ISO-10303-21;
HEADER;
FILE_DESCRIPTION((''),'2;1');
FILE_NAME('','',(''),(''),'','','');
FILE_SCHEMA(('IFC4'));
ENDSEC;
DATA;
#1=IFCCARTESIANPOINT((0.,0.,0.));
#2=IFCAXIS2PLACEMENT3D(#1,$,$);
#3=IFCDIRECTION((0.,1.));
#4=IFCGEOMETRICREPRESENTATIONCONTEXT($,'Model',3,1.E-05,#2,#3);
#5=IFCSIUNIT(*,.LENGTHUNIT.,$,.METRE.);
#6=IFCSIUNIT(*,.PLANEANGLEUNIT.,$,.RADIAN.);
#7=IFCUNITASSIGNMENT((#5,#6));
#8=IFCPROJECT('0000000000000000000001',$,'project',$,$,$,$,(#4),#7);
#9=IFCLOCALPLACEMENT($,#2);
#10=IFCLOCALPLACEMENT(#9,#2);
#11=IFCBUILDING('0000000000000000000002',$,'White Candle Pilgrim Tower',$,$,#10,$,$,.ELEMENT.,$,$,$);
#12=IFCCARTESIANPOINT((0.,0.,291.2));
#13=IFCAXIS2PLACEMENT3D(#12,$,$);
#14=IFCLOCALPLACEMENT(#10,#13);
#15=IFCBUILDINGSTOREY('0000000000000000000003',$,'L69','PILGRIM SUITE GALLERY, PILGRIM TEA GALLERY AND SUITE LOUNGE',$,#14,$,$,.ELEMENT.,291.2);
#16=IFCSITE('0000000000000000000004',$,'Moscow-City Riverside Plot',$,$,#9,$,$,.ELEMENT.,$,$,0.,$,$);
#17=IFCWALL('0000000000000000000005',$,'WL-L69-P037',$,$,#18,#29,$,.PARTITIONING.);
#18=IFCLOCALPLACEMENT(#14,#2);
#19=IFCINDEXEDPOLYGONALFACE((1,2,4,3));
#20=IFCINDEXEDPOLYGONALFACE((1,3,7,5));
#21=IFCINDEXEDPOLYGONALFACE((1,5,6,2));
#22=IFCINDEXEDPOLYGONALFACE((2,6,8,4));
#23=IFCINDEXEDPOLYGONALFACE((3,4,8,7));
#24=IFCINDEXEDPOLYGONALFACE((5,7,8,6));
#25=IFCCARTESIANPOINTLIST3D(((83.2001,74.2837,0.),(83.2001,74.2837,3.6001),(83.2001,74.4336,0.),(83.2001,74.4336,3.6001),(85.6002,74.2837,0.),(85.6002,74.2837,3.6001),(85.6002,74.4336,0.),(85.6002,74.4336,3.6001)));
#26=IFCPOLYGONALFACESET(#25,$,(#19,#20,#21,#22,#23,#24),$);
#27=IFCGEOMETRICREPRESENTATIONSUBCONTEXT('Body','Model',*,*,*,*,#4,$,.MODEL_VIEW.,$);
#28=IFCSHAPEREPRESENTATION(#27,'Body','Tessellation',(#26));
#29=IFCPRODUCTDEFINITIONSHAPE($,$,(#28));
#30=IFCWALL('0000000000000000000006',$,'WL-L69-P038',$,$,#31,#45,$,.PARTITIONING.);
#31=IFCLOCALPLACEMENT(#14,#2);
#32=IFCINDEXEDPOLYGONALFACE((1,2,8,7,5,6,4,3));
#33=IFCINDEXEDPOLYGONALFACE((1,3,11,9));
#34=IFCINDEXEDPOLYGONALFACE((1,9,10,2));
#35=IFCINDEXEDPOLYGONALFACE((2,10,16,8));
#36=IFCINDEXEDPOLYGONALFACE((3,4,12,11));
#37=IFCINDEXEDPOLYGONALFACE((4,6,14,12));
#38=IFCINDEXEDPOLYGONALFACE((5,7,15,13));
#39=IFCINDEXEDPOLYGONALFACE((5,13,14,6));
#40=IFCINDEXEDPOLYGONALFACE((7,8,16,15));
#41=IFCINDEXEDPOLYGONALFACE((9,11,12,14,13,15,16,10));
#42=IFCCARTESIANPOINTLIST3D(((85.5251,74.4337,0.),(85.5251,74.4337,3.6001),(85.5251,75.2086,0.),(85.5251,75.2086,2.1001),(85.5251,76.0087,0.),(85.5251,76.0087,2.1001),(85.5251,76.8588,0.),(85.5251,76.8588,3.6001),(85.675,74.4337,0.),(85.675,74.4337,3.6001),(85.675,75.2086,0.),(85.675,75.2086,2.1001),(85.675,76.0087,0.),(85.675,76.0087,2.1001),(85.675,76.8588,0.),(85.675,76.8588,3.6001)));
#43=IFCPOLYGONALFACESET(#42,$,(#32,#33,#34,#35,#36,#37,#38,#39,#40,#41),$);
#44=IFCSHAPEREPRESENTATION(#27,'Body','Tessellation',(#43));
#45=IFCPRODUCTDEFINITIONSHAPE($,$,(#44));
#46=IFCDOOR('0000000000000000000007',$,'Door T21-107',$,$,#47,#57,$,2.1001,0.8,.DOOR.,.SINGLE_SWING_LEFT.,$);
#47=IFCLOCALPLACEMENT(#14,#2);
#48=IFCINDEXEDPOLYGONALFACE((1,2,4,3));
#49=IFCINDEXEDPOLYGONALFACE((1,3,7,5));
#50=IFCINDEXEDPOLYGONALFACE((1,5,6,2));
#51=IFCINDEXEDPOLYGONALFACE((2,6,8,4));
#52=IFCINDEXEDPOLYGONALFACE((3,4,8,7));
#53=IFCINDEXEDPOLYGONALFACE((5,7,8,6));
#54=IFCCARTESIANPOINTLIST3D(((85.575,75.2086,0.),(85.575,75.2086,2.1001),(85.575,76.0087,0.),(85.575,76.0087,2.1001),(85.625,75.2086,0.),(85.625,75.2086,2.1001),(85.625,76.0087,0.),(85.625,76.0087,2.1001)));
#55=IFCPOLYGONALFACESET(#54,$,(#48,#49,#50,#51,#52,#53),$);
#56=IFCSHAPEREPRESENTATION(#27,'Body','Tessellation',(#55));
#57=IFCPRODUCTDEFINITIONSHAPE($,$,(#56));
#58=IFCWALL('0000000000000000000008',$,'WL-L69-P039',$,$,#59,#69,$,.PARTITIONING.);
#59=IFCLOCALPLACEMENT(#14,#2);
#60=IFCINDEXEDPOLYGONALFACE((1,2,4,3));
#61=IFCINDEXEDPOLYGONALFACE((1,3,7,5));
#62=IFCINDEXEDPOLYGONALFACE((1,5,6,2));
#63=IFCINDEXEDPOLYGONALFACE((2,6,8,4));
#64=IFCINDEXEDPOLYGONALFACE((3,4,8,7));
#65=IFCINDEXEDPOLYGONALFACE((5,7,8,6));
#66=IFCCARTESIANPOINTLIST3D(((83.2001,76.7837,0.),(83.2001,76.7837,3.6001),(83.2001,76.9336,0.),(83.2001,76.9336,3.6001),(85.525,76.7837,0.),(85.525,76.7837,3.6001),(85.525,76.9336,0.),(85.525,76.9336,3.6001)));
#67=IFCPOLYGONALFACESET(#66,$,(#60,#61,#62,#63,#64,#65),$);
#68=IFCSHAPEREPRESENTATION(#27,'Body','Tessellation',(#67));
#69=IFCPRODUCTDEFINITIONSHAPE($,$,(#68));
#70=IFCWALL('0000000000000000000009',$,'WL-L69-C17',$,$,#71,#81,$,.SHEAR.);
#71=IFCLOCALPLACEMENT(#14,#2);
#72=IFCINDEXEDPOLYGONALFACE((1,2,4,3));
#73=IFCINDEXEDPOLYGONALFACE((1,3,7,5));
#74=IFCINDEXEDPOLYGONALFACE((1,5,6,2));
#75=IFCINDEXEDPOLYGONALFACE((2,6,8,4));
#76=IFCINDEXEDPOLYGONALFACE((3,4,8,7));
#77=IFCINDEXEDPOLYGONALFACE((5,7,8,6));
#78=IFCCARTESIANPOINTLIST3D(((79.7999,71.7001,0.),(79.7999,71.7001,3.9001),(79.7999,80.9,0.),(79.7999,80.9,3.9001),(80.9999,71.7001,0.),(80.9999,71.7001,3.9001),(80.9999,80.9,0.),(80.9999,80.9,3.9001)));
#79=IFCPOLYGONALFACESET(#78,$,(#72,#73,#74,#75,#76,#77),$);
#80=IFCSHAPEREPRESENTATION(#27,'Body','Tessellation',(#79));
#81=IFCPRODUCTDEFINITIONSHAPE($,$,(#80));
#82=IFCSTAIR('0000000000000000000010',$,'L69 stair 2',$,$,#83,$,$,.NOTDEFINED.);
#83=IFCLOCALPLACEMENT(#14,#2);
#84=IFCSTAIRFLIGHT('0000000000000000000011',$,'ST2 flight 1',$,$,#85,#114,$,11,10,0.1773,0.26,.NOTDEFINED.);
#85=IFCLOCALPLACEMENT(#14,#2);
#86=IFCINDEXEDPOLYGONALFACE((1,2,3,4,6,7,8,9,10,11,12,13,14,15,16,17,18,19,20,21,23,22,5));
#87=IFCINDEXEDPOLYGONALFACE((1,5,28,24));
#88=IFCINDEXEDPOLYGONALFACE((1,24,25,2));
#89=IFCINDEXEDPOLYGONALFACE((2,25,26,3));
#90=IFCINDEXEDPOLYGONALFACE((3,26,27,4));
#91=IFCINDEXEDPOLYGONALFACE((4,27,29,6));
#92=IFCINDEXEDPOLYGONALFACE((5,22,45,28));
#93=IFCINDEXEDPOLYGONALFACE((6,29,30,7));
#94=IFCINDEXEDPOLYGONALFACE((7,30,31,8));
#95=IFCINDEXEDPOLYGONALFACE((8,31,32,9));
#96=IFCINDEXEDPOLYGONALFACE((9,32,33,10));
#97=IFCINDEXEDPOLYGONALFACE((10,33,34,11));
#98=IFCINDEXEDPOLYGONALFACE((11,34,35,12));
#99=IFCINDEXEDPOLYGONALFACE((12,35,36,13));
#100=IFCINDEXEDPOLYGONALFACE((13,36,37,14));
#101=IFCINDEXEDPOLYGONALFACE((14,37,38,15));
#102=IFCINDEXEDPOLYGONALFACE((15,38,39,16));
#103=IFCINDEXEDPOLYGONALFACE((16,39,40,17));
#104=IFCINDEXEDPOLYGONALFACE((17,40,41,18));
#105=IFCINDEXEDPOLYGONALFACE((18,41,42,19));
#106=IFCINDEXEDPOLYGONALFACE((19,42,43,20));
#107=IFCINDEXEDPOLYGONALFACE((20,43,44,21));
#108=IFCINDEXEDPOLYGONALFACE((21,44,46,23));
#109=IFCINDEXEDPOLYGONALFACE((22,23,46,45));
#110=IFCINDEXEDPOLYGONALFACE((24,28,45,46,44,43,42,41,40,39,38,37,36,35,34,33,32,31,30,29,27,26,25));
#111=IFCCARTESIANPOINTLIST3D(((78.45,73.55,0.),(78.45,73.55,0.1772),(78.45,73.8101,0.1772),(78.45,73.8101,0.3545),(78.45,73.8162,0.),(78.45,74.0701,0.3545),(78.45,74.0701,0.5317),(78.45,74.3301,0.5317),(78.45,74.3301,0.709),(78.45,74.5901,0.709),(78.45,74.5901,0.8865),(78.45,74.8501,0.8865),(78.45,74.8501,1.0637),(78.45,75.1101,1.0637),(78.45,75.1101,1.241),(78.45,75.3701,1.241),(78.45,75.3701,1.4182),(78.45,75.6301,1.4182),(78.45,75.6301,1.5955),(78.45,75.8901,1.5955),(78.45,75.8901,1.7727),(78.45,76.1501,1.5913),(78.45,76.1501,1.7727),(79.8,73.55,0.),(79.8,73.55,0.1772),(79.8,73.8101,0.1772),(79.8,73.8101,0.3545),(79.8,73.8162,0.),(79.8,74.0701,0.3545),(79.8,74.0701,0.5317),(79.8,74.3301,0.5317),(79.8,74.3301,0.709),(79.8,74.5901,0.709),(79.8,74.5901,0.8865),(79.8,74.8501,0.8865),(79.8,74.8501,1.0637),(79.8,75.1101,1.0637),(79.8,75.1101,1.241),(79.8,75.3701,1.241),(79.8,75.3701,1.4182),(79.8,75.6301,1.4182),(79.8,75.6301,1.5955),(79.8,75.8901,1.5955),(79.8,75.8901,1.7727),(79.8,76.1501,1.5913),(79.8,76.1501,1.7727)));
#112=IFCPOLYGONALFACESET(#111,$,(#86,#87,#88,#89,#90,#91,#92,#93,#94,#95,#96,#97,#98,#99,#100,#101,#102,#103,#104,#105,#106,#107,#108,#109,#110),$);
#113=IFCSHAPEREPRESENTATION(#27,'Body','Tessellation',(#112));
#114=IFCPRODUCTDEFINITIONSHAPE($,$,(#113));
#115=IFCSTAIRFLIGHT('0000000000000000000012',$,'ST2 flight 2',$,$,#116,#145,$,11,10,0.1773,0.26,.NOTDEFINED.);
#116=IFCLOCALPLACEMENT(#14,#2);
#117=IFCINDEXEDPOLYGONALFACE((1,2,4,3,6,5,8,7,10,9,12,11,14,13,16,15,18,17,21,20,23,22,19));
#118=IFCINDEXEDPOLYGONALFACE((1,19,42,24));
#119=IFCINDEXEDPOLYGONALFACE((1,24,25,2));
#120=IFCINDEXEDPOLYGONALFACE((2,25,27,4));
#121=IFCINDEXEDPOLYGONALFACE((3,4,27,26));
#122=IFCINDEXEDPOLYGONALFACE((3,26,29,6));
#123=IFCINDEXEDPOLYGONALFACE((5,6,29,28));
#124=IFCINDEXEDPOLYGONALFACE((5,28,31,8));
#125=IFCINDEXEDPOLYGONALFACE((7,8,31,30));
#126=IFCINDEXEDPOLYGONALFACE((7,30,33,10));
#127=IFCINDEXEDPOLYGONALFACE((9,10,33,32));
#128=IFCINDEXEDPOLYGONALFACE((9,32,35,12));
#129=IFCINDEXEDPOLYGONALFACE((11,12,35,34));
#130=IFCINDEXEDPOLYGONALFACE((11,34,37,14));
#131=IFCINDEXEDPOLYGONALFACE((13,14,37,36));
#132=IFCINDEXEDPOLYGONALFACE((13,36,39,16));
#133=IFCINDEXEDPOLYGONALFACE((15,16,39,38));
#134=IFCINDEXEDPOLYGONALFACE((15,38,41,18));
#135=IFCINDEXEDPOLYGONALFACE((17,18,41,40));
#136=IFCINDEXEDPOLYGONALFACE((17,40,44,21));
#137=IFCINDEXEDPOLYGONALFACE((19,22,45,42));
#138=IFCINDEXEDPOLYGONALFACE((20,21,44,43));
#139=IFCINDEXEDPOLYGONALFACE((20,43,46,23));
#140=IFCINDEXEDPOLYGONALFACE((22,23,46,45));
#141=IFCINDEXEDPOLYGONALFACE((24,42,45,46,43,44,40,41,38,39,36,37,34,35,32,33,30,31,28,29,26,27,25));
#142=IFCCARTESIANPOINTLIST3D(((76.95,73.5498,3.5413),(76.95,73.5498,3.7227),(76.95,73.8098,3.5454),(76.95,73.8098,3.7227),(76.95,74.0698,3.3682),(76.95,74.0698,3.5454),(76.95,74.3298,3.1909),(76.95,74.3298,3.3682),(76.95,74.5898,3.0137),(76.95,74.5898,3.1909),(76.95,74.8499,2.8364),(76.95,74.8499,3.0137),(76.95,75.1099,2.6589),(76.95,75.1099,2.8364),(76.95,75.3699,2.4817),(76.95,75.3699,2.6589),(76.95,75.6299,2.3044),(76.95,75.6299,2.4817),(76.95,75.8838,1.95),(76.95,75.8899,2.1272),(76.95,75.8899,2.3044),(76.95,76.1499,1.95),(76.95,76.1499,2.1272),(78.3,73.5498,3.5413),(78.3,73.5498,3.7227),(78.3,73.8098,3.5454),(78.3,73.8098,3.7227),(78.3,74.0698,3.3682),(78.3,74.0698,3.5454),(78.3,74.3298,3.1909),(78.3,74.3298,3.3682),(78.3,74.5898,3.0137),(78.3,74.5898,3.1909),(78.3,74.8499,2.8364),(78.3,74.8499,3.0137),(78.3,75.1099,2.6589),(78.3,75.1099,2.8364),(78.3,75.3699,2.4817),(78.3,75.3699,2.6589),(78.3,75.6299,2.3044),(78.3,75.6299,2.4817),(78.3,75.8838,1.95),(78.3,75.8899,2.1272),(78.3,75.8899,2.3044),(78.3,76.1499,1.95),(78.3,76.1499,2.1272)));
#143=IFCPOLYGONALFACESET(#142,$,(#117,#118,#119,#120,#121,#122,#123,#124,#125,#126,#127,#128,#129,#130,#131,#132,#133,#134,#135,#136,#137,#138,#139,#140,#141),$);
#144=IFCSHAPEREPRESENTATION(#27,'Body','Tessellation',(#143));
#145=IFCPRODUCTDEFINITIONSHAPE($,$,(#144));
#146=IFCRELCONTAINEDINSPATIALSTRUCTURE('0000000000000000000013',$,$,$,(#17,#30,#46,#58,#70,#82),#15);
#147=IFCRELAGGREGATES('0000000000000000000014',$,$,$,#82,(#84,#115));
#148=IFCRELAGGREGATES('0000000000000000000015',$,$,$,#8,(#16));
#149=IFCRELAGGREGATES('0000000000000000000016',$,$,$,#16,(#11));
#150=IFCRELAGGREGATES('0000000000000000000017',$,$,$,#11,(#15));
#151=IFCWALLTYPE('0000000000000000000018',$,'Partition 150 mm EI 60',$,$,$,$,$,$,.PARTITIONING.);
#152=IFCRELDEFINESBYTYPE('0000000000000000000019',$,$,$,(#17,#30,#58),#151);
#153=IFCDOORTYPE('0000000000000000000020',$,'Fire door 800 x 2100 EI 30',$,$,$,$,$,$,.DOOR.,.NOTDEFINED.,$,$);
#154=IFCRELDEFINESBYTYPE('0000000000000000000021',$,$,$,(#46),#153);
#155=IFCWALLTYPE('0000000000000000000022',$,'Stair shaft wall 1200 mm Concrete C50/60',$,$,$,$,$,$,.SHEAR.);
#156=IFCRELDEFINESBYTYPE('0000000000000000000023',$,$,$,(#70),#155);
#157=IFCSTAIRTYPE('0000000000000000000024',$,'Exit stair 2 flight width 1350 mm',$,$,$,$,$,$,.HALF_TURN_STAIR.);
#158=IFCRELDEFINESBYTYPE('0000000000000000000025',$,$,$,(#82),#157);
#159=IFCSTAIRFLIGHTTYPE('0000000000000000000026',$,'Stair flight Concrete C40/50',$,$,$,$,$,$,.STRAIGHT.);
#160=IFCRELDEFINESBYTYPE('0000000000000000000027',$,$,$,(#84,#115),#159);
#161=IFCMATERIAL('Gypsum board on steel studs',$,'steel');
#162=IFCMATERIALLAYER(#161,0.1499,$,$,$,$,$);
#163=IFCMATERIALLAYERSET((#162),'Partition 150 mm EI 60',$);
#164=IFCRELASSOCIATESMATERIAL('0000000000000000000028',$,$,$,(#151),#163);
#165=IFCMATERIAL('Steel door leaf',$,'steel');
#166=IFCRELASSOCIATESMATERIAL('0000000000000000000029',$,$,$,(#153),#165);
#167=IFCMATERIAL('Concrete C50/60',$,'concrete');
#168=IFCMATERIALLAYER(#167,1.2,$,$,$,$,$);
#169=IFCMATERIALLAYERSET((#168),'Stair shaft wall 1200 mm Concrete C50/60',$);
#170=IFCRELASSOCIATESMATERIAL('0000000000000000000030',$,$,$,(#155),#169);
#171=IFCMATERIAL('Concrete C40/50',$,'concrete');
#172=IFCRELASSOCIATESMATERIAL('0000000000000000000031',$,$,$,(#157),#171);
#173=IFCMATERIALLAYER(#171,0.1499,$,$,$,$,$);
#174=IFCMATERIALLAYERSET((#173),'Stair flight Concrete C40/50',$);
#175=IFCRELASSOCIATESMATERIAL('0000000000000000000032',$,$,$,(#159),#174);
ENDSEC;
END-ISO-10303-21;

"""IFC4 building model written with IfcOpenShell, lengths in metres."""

from ifc_helpers import new_model, si_unit, direction, frame, frame_2d, origin, place, context, subcontext, project, spatial, polyline, rectangle, outline, extrude, material, layer, layer_set, type_object, element, fill, aggregate, save


model = new_model("IFC4")

# Units and contexts
model_context = context("Model", 3, precision=1e-05, world=origin(), true_north=direction((0.0, 1.0)))
body_context = subcontext(model_context, "Body", "Model", "MODEL_VIEW")
ifc_project = project(units=[si_unit("LENGTHUNIT", "METRE"), si_unit("PLANEANGLEUNIT", "RADIAN")], contexts=[model_context])

# Site, building, storey
site_placement = place(None, origin())
site = spatial("IfcSite", under=ifc_project, at=site_placement, Name="Moscow-City Riverside Plot", CompositionType="ELEMENT", RefElevation=0.0)
building_placement = place(site_placement, origin())
building = spatial("IfcBuilding", under=site, at=building_placement, Name="White Candle Pilgrim Tower", CompositionType="ELEMENT")
storey_placement = place(building_placement, frame((0.0, 0.0, 291.2)))
storey = spatial("IfcBuildingStorey", under=building, at=storey_placement, Name="L69", Description="PILGRIM SUITE GALLERY, PILGRIM TEA GALLERY AND SUITE LOUNGE", CompositionType="ELEMENT", Elevation=291.2)

# Shared definitions
ifc_material_1 = material(Name="Concrete C50/60", Category="concrete")

# Shared definitions
ifc_material_2 = material(Name="Steel door leaf", Category="steel")

# Shared definitions
ifc_material_3 = material(Name="Gypsum board on steel studs", Category="steel")

# Wall
ifc_layer_1 = layer(ifc_material_3, 0.1499)
ifc_layer_set_1 = layer_set([ifc_layer_1], Name="Partition 150 mm EI 60")
wall_type_1 = type_object("IfcWallType", Name="Partition 150 mm EI 60", PredefinedType="PARTITIONING", material=ifc_layer_set_1)
wall_1_placement = place(storey_placement, frame((83.2, 74.3586, 0.0), z_axis=(0.0, 0.0, 1.0), x_axis=(1.0, 0.0, 0.0)))
element("IfcWall", 1, at=wall_1_placement, inside=storey, type_object=wall_type_1, Name="WL-L69-P037", PredefinedType="PARTITIONING", context=body_context, shape_type="SweptSolid", body=[
    extrude(rectangle(XDim=2.4001, YDim=0.1499, at=frame_2d((1.2002, 0.0))), origin(), (0.0, 0.0, 1.0), 3.6001),
])

# Wall, opening, door
wall_2_placement = place(storey_placement, frame((85.6001, 76.8586, 0.0), z_axis=(0.0, 0.0, 1.0), x_axis=(0.0, -1.0, 0.0)))
wall_2 = element("IfcWall", 2, at=wall_2_placement, inside=storey, type_object=wall_type_1, Name="WL-L69-P038", PredefinedType="PARTITIONING", context=body_context, shape_type="SweptSolid", body=[
    extrude(rectangle(XDim=2.425, YDim=0.1499, at=frame_2d((1.2124, 0.0))), origin(), (0.0, 0.0, 1.0), 3.6001),
])
opening_1_placement = place(wall_2_placement, frame((0.8501, 0.0, 0.0)))
opening_1 = element("IfcOpeningElement", 3, at=opening_1_placement, cuts=wall_2, PredefinedType="OPENING", context=body_context, shape_type="SweptSolid", body=[
    extrude(rectangle(XDim=0.8, YDim=2.1001, at=frame_2d((0.3999, 1.05))), frame((0.0, 0.085, 0.0), z_axis=(0.0, -1.0, 0.0), x_axis=(1.0, 0.0, 0.0)), (0.0, 0.0, 1.0), 0.1699),
])
door_type_1 = type_object("IfcDoorType", Name="Fire door 800 x 2100 EI 30", OperationType="NOTDEFINED", PredefinedType="DOOR", material=ifc_material_2)
door_1_placement = place(opening_1_placement, origin())
door_1 = element("IfcDoor", 4, at=door_1_placement, inside=storey, type_object=door_type_1, Name="Door T21-107", OperationType="SINGLE_SWING_LEFT", OverallHeight=2.1001, OverallWidth=0.8, PredefinedType="DOOR", context=body_context, shape_type="SweptSolid", body=[
    extrude(rectangle(XDim=0.8, YDim=2.1001, at=frame_2d((0.3999, 1.05))), frame((0.0, 0.0249, 0.0), z_axis=(0.0, -1.0, 0.0), x_axis=(1.0, 0.0, 0.0)), (0.0, 0.0, 1.0), 0.05),
])
fill(opening_1, door_1)

# Walls
wall_3_placement = place(storey_placement, frame((83.2, 76.8586, 0.0), z_axis=(0.0, 0.0, 1.0), x_axis=(1.0, 0.0, 0.0)))
element("IfcWall", 5, at=wall_3_placement, inside=storey, type_object=wall_type_1, Name="WL-L69-P039", PredefinedType="PARTITIONING", context=body_context, shape_type="SweptSolid", body=[
    extrude(rectangle(XDim=2.325, YDim=0.1499, at=frame_2d((1.1626, 0.0))), origin(), (0.0, 0.0, 1.0), 3.6001),
])
ifc_layer_2 = layer(ifc_material_1, 1.2)
ifc_layer_set_2 = layer_set([ifc_layer_2], Name="Stair shaft wall 1200 mm Concrete C50/60")
wall_type_2 = type_object("IfcWallType", Name="Stair shaft wall 1200 mm Concrete C50/60", PredefinedType="SHEAR", material=ifc_layer_set_2)
wall_4_placement = place(storey_placement, frame((80.3999, 71.7, 0.0), z_axis=(0.0, 0.0, 1.0), x_axis=(0.0, 1.0, 0.0)))
element("IfcWall", 6, at=wall_4_placement, inside=storey, type_object=wall_type_2, Name="WL-L69-C17", PredefinedType="SHEAR", context=body_context, shape_type="SweptSolid", body=[
    extrude(rectangle(XDim=9.2, YDim=1.2, at=frame_2d((4.6001, 0.0))), origin(), (0.0, 0.0, 1.0), 3.9001),
])

# Stair, stair flights
ifc_material_4 = material(Name="Concrete C40/50", Category="concrete")
stair_type = type_object("IfcStairType", Name="Exit stair 2 flight width 1350 mm", PredefinedType="HALF_TURN_STAIR", material=ifc_material_4)
stair_placement = place(storey_placement, origin())
stair = element("IfcStair", 7, at=stair_placement, inside=storey, type_object=stair_type, Name="L69 stair 2", PredefinedType="NOTDEFINED")
ifc_layer_3 = layer(ifc_material_4, 0.1499)
ifc_layer_set_3 = layer_set([ifc_layer_3], Name="Stair flight Concrete C40/50")
stair_flight_type = type_object("IfcStairFlightType", Name="Stair flight Concrete C40/50", PredefinedType="STRAIGHT", material=ifc_layer_set_3)
stair_flight_1_placement = place(storey_placement, frame((79.125, 73.55, 0.0), z_axis=(0.0, 0.0, 1.0), x_axis=(0.0, 1.0, 0.0)))
stair_flight_1 = element("IfcStairFlight", 8, at=stair_flight_1_placement, type_object=stair_flight_type, Name="ST2 flight 1", NumberOfRisers=11, NumberOfTreads=10, PredefinedType="NOTDEFINED", RiserHeight=0.1773, TreadLength=0.26, context=body_context, shape_type="SweptSolid", body=[
    extrude(outline(polyline([(0.0, 0.0), (0.0, 0.1772), (0.26, 0.1772), (0.26, 0.3545), (0.52, 0.3545), (0.52, 0.5317), (0.78, 0.5317), (0.78, 0.709), (1.04, 0.709), (1.04, 0.8865), (1.3, 0.8865), (1.3, 1.0637), (1.5601, 1.0637), (1.5601, 1.241), (1.8201, 1.241), (1.8201, 1.4182), (2.0801, 1.4182), (2.0801, 1.5955), (2.3401, 1.5955), (2.3401, 1.7727), (2.6001, 1.7727), (2.6001, 1.95), (2.6001, 1.5913), (0.2661, 0.0), (0.0, 0.0)])), frame((0.0, 0.675, 0.0), z_axis=(0.0, -1.0, 0.0), x_axis=(1.0, 0.0, 0.0)), (0.0, 0.0, 1.0), 1.3501),
])
stair_flight_2_placement = place(storey_placement, frame((77.625, 76.1499, 1.95), z_axis=(0.0, 0.0, 1.0), x_axis=(0.0, -1.0, 0.0)))
stair_flight_2 = element("IfcStairFlight", 9, at=stair_flight_2_placement, type_object=stair_flight_type, Name="ST2 flight 2", NumberOfRisers=11, NumberOfTreads=10, PredefinedType="NOTDEFINED", RiserHeight=0.1773, TreadLength=0.26, context=body_context, shape_type="SweptSolid", body=[
    extrude(outline(polyline([(0.0, 0.0), (0.0, 0.1772), (0.26, 0.1772), (0.26, 0.3545), (0.52, 0.3545), (0.52, 0.5317), (0.78, 0.5317), (0.78, 0.709), (1.04, 0.709), (1.04, 0.8865), (1.3, 0.8865), (1.3, 1.0637), (1.5601, 1.0637), (1.5601, 1.241), (1.8201, 1.241), (1.8201, 1.4182), (2.0801, 1.4182), (2.0801, 1.5955), (2.3401, 1.5955), (2.3401, 1.7727), (2.6001, 1.7727), (2.6001, 1.95), (2.6001, 1.5913), (0.2661, 0.0), (0.0, 0.0)])), frame((0.0, 0.675, 0.0), z_axis=(0.0, -1.0, 0.0), x_axis=(1.0, 0.0, 0.0)), (0.0, 0.0, 1.0), 1.3501),
])
aggregate(stair, [stair_flight_1, stair_flight_2])

save(model, "model.ifc")
